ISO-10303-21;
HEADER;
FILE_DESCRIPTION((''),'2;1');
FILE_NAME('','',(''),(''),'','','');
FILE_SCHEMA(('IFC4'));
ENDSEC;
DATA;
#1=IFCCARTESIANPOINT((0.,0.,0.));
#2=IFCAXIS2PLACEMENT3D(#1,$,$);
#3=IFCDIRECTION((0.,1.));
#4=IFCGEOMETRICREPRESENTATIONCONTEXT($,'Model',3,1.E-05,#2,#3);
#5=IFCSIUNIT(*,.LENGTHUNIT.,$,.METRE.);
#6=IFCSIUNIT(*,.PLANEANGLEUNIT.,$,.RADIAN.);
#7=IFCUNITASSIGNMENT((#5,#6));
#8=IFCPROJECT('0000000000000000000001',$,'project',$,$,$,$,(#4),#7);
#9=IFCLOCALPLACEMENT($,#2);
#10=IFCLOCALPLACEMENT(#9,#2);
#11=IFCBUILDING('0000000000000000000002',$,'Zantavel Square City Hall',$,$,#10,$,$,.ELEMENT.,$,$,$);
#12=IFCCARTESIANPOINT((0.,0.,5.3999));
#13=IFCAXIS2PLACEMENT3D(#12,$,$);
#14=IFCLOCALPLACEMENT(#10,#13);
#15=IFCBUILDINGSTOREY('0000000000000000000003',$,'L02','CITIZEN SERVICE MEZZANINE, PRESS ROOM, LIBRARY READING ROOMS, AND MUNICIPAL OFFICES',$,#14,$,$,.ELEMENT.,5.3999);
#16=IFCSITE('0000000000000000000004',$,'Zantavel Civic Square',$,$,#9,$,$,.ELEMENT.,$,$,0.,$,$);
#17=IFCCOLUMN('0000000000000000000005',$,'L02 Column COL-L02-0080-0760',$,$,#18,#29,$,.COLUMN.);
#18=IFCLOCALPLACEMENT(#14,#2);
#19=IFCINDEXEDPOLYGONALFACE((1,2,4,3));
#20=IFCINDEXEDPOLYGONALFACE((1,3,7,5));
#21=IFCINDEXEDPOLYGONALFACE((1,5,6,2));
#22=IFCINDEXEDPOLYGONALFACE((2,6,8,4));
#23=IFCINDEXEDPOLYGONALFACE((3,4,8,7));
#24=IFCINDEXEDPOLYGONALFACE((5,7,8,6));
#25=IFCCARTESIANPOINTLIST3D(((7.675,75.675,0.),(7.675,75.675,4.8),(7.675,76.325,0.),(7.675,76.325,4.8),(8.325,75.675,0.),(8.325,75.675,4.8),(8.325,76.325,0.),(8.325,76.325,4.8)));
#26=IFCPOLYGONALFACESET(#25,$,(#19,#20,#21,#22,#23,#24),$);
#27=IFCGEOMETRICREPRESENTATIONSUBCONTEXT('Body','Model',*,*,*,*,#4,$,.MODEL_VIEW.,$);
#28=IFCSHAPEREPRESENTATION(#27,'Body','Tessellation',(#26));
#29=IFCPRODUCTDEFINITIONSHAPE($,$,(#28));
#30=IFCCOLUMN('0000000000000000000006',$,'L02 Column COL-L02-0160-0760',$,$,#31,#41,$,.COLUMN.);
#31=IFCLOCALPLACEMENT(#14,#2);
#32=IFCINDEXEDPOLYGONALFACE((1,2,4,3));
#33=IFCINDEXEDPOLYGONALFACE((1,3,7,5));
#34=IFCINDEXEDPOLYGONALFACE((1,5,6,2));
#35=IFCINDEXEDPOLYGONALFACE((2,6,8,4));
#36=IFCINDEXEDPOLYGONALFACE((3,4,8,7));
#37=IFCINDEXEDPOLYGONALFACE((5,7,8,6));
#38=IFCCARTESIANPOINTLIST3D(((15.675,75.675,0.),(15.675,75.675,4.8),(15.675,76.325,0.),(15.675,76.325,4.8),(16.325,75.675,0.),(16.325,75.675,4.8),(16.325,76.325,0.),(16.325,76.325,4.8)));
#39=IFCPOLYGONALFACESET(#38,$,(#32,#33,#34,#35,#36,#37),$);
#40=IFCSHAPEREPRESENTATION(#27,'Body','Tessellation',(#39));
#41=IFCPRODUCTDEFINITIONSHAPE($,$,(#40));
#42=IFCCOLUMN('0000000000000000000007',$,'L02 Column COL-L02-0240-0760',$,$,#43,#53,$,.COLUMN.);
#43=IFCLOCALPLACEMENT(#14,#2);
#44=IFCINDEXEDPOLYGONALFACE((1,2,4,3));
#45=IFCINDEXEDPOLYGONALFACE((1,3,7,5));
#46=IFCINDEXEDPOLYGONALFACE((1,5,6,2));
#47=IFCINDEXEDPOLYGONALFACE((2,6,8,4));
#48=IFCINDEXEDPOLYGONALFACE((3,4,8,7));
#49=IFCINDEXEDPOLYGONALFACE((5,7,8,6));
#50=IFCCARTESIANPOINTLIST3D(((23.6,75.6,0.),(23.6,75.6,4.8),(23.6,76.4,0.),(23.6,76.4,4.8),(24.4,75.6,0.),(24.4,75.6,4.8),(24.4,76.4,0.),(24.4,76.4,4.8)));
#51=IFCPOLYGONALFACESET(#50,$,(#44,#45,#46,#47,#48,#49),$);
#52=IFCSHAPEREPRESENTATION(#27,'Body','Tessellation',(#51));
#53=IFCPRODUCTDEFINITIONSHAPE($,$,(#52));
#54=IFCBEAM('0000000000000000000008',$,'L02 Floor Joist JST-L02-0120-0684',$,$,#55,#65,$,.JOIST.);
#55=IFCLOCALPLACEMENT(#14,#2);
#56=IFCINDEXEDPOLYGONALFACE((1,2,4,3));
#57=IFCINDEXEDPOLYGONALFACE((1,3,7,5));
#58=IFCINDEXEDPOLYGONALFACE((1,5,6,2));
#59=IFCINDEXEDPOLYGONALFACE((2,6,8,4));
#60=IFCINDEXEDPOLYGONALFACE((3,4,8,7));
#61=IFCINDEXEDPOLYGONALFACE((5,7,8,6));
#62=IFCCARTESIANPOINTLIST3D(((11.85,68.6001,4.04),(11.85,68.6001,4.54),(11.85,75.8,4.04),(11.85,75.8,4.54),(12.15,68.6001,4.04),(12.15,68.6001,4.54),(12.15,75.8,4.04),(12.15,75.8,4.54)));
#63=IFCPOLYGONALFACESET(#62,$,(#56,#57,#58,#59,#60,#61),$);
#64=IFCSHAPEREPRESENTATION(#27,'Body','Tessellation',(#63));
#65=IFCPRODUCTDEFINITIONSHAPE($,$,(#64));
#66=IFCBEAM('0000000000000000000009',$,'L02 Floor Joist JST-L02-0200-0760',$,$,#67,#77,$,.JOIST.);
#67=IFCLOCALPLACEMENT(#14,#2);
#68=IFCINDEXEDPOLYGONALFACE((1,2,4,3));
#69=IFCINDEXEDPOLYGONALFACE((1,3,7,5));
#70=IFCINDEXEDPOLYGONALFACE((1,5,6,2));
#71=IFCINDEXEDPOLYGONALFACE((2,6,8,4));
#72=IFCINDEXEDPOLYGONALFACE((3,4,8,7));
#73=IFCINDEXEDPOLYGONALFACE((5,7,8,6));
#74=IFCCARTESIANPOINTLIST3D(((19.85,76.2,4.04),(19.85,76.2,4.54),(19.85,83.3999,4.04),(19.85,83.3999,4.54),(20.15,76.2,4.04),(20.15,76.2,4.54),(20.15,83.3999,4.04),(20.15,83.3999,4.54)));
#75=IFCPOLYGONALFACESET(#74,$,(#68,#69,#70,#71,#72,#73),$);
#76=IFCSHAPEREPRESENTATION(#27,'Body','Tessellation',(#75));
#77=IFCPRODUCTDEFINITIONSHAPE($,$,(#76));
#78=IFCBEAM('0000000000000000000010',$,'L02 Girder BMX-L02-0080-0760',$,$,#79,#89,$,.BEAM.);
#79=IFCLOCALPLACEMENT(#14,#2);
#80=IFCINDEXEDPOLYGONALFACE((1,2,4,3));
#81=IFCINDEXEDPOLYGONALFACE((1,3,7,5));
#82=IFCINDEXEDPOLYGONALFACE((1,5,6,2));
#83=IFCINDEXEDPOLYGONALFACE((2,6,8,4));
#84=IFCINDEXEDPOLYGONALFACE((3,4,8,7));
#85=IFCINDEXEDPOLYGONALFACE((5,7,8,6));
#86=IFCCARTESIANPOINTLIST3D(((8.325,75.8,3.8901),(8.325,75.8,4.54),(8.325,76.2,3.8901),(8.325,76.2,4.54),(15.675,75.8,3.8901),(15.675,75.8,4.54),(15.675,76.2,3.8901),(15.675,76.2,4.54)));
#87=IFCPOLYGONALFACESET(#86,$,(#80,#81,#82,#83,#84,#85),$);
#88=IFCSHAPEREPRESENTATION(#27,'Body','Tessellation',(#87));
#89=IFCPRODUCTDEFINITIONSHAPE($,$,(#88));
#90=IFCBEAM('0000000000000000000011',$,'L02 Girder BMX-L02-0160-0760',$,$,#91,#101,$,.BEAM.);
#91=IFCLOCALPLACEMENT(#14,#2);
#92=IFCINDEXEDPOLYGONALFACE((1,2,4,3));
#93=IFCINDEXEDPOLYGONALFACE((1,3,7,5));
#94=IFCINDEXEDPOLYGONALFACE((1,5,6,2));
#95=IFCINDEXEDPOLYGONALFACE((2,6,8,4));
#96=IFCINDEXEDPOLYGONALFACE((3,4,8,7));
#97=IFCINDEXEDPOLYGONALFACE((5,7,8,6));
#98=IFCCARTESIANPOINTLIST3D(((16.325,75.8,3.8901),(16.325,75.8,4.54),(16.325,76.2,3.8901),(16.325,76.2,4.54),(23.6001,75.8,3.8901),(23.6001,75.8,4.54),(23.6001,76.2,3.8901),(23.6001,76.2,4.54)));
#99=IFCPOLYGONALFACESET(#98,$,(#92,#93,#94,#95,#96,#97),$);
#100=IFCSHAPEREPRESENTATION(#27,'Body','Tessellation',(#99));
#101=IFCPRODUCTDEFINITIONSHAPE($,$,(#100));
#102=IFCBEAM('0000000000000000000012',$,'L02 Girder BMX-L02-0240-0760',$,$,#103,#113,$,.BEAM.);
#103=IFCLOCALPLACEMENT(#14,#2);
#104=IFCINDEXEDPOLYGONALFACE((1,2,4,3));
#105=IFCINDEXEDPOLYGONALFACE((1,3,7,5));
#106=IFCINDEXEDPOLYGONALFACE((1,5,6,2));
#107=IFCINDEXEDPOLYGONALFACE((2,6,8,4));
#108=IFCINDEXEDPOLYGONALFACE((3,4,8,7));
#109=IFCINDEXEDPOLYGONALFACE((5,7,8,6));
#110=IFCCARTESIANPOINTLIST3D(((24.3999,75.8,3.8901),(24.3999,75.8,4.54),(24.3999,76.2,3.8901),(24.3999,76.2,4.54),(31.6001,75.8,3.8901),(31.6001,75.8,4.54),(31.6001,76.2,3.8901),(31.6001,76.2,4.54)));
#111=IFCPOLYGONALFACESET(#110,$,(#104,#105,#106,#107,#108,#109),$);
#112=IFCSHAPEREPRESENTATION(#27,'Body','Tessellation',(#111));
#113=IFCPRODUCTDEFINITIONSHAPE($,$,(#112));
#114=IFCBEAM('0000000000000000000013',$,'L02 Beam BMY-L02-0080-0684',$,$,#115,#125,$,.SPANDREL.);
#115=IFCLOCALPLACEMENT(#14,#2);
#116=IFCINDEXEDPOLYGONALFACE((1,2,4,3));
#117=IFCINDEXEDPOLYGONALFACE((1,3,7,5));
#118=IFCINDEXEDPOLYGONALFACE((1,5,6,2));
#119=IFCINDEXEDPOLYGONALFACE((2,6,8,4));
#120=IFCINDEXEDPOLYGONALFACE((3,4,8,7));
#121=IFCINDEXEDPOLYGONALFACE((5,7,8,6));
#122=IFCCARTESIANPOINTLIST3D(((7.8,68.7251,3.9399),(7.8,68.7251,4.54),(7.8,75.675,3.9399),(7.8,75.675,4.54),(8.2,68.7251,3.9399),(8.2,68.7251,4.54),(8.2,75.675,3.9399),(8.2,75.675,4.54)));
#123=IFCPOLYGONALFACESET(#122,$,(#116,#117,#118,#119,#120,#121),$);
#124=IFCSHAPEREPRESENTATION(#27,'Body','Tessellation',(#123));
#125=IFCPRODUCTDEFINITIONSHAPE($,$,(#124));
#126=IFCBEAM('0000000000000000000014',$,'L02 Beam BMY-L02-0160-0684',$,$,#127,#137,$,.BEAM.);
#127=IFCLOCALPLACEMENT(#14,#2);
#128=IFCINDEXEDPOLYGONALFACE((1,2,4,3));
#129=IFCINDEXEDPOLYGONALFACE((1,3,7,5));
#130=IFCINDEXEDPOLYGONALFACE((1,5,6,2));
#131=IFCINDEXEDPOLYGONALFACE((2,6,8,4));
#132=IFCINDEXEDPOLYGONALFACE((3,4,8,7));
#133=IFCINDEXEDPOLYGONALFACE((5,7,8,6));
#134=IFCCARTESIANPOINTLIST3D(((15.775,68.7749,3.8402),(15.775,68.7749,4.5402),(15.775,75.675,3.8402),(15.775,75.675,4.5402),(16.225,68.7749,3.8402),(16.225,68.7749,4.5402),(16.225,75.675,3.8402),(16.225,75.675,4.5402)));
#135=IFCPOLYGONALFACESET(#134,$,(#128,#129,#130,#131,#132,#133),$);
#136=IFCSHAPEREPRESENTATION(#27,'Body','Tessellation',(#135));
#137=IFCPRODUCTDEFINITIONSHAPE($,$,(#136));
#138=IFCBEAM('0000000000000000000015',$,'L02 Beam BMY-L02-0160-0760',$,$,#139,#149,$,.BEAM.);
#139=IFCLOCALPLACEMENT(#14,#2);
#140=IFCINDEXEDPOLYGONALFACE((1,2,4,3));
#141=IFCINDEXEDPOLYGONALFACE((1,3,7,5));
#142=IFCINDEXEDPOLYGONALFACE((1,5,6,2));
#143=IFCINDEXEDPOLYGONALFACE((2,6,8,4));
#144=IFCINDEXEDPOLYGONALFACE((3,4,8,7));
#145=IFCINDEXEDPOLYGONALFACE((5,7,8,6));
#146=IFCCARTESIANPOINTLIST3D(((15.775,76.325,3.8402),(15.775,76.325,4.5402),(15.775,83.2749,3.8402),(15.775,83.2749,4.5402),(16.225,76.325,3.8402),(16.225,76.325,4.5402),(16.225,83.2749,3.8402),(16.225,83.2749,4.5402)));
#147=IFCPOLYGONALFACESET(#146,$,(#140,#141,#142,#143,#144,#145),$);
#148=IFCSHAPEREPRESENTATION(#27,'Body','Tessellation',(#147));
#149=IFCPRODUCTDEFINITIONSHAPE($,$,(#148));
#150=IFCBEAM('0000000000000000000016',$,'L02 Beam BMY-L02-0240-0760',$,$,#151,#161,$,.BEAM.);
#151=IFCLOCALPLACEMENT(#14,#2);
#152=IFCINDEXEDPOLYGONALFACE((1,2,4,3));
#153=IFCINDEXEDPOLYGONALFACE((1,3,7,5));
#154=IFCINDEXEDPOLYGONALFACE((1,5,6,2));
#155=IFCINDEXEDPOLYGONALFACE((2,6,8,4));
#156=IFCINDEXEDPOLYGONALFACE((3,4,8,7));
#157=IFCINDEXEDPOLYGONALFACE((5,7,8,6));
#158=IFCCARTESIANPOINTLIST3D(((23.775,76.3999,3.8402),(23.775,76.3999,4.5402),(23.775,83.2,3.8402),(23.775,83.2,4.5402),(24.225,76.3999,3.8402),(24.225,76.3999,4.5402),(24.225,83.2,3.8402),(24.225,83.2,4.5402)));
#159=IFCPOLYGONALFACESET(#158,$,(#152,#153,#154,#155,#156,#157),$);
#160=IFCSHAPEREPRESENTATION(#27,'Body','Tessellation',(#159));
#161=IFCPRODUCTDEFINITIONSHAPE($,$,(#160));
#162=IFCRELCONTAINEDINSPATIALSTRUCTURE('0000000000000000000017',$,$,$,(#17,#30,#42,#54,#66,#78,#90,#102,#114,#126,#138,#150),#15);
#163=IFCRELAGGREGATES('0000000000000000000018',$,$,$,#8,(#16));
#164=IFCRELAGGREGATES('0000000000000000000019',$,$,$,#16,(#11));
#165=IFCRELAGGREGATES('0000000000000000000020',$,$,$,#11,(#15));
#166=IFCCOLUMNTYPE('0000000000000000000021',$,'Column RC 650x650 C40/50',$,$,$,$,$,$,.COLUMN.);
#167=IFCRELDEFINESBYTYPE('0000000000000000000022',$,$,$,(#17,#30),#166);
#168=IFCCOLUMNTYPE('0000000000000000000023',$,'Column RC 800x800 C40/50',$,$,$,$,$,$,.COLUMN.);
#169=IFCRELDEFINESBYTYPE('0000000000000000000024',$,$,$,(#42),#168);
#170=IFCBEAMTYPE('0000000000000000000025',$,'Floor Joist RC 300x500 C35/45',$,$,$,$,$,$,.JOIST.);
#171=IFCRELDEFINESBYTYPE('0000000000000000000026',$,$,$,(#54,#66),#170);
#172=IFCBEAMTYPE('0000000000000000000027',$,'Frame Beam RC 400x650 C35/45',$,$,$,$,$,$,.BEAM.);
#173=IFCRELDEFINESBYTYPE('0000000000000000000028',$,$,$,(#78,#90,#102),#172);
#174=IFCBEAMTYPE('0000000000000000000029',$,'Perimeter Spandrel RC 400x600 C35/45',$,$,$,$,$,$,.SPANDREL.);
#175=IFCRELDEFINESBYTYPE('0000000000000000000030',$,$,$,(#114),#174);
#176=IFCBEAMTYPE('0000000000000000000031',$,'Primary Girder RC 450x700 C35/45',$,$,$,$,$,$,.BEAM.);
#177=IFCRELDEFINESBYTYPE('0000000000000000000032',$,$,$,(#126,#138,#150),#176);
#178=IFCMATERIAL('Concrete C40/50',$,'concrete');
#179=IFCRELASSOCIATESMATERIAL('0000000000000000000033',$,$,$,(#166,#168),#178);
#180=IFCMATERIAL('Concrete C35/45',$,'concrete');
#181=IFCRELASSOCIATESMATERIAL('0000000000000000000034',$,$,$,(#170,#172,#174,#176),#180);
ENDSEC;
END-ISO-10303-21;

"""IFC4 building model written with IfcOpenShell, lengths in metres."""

from ifc_helpers import new_model, si_unit, direction, frame, origin, origin_2d, place, context, subcontext, project, spatial, rectangle, extrude, material, material_profile, profile_set, type_object, element, save


model = new_model("IFC4")

# Units and contexts
model_context = context("Model", 3, precision=1e-05, world=origin(), true_north=direction((0.0, 1.0)))
body_context = subcontext(model_context, "Body", "Model", "MODEL_VIEW")
ifc_project = project(units=[si_unit("LENGTHUNIT", "METRE"), si_unit("PLANEANGLEUNIT", "RADIAN")], contexts=[model_context])

# Site, building, storey
site_placement = place(None, origin())
site = spatial("IfcSite", under=ifc_project, at=site_placement, Name="Zantavel Civic Square", CompositionType="ELEMENT", RefElevation=0.0)
building_placement = place(site_placement, origin())
building = spatial("IfcBuilding", under=site, at=building_placement, Name="Zantavel Square City Hall", CompositionType="ELEMENT")
storey_placement = place(building_placement, frame((0.0, 0.0, 5.3999)))
storey = spatial("IfcBuildingStorey", under=building, at=storey_placement, Name="L02", Description="CITIZEN SERVICE MEZZANINE, PRESS ROOM, LIBRARY READING ROOMS, AND MUNICIPAL OFFICES", CompositionType="ELEMENT", Elevation=5.3999)

# Columns
ifc_material_1 = material(Name="Concrete C40/50", Category="concrete")
ifc_material_profile_1 = material_profile(ifc_material_1, rectangle(XDim=0.6499, YDim=0.6499, at=origin_2d()), Name="RC 650x650")
ifc_profile_set_1 = profile_set([ifc_material_profile_1], Name="Concrete C40/50")
column_type_1 = type_object("IfcColumnType", Name="Column RC 650x650 C40/50", PredefinedType="COLUMN", material=ifc_profile_set_1)
for number, where, z_axis, x_axis, name in (
    (1, (8.0, 76.0, 0.0), (0.0, 0.0, 1.0), (1.0, 0.0, 0.0), "L02 Column COL-L02-0080-0760"),
    (2, (16.0, 76.0, 0.0), (0.0, 0.0, 1.0), (1.0, 0.0, 0.0), "L02 Column COL-L02-0160-0760"),
):
    element("IfcColumn", number, at=place(storey_placement, frame(where, z_axis=z_axis, x_axis=x_axis)), inside=storey, type_object=column_type_1, Name=name, PredefinedType="COLUMN", context=body_context, shape_type="SweptSolid", body=[
        extrude(rectangle(XDim=0.6499, YDim=0.6499, at=origin_2d()), origin(), (0.0, 0.0, 1.0), 4.8),
    ])
ifc_material_profile_2 = material_profile(ifc_material_1, rectangle(XDim=0.8, YDim=0.8, at=origin_2d()), Name="RC 800x800")
ifc_profile_set_2 = profile_set([ifc_material_profile_2], Name="Concrete C40/50")
column_type_2 = type_object("IfcColumnType", Name="Column RC 800x800 C40/50", PredefinedType="COLUMN", material=ifc_profile_set_2)
column_placement = place(storey_placement, frame((24.0, 76.0, 0.0), z_axis=(0.0, 0.0, 1.0), x_axis=(1.0, 0.0, 0.0)))
element("IfcColumn", 3, at=column_placement, inside=storey, type_object=column_type_2, Name="L02 Column COL-L02-0240-0760", PredefinedType="COLUMN", context=body_context, shape_type="SweptSolid", body=[
    extrude(rectangle(XDim=0.8, YDim=0.8, at=origin_2d()), origin(), (0.0, 0.0, 1.0), 4.8),
])

# Beams
ifc_material_2 = material(Name="Concrete C35/45", Category="concrete")
ifc_material_profile_3 = material_profile(ifc_material_2, rectangle(XDim=0.3, YDim=0.5, at=origin_2d()), Name="RC 300x500")
ifc_profile_set_3 = profile_set([ifc_material_profile_3], Name="Concrete C35/45")
beam_type_1 = type_object("IfcBeamType", Name="Floor Joist RC 300x500 C35/45", PredefinedType="JOIST", material=ifc_profile_set_3)
for number, where, z_axis, x_axis, name in (
    (4, (12.0, 68.6001, 4.29), (0.0, 1.0, 0.0), (-1.0, 0.0, 0.0), "L02 Floor Joist JST-L02-0120-0684"),
    (5, (20.0, 76.2, 4.29), (0.0, 1.0, 0.0), (-1.0, 0.0, 0.0), "L02 Floor Joist JST-L02-0200-0760"),
):
    element("IfcBeam", number, at=place(storey_placement, frame(where, z_axis=z_axis, x_axis=x_axis)), inside=storey, type_object=beam_type_1, Name=name, PredefinedType="JOIST", context=body_context, shape_type="SweptSolid", body=[
        extrude(rectangle(XDim=0.3, YDim=0.5, at=origin_2d()), origin(), (0.0, 0.0, 1.0), 7.2),
    ])
ifc_material_profile_4 = material_profile(ifc_material_2, rectangle(XDim=0.3999, YDim=0.6499, at=origin_2d()), Name="RC 400x650")
ifc_profile_set_4 = profile_set([ifc_material_profile_4], Name="Concrete C35/45")
beam_type_2 = type_object("IfcBeamType", Name="Frame Beam RC 400x650 C35/45", PredefinedType="BEAM", material=ifc_profile_set_4)
beam_1_placement = place(storey_placement, frame((8.325, 76.0, 4.2151), z_axis=(1.0, 0.0, 0.0), x_axis=(0.0, 1.0, 0.0)))
element("IfcBeam", 6, at=beam_1_placement, inside=storey, type_object=beam_type_2, Name="L02 Girder BMX-L02-0080-0760", PredefinedType="BEAM", context=body_context, shape_type="SweptSolid", body=[
    extrude(rectangle(XDim=0.3999, YDim=0.6499, at=origin_2d()), origin(), (0.0, 0.0, 1.0), 7.3501),
])
beam_2_placement = place(storey_placement, frame((16.325, 76.0, 4.2151), z_axis=(1.0, 0.0, 0.0), x_axis=(0.0, 1.0, 0.0)))
element("IfcBeam", 7, at=beam_2_placement, inside=storey, type_object=beam_type_2, Name="L02 Girder BMX-L02-0160-0760", PredefinedType="BEAM", context=body_context, shape_type="SweptSolid", body=[
    extrude(rectangle(XDim=0.3999, YDim=0.6499, at=origin_2d()), origin(), (0.0, 0.0, 1.0), 7.2751),
])
beam_3_placement = place(storey_placement, frame((24.3999, 76.0, 4.2151), z_axis=(1.0, 0.0, 0.0), x_axis=(0.0, 1.0, 0.0)))
element("IfcBeam", 8, at=beam_3_placement, inside=storey, type_object=beam_type_2, Name="L02 Girder BMX-L02-0240-0760", PredefinedType="BEAM", context=body_context, shape_type="SweptSolid", body=[
    extrude(rectangle(XDim=0.3999, YDim=0.6499, at=origin_2d()), origin(), (0.0, 0.0, 1.0), 7.2002),
])
ifc_material_profile_5 = material_profile(ifc_material_2, rectangle(XDim=0.3999, YDim=0.6001, at=origin_2d()), Name="RC 400x600")
ifc_profile_set_5 = profile_set([ifc_material_profile_5], Name="Concrete C35/45")
beam_type_3 = type_object("IfcBeamType", Name="Perimeter Spandrel RC 400x600 C35/45", PredefinedType="SPANDREL", material=ifc_profile_set_5)
beam_4_placement = place(storey_placement, frame((8.0, 68.7251, 4.24), z_axis=(0.0, 1.0, 0.0), x_axis=(-1.0, 0.0, 0.0)))
element("IfcBeam", 9, at=beam_4_placement, inside=storey, type_object=beam_type_3, Name="L02 Beam BMY-L02-0080-0684", PredefinedType="SPANDREL", context=body_context, shape_type="SweptSolid", body=[
    extrude(rectangle(XDim=0.3999, YDim=0.6001, at=origin_2d()), origin(), (0.0, 0.0, 1.0), 6.95),
])
ifc_material_profile_6 = material_profile(ifc_material_2, rectangle(XDim=0.45, YDim=0.7, at=origin_2d()), Name="RC 450x700")
ifc_profile_set_6 = profile_set([ifc_material_profile_6], Name="Concrete C35/45")
beam_type_4 = type_object("IfcBeamType", Name="Primary Girder RC 450x700 C35/45", PredefinedType="BEAM", material=ifc_profile_set_6)
beam_5_placement = place(storey_placement, frame((16.0, 68.7749, 4.1902), z_axis=(0.0, 1.0, 0.0), x_axis=(-1.0, 0.0, 0.0)))
element("IfcBeam", 10, at=beam_5_placement, inside=storey, type_object=beam_type_4, Name="L02 Beam BMY-L02-0160-0684", PredefinedType="BEAM", context=body_context, shape_type="SweptSolid", body=[
    extrude(rectangle(XDim=0.45, YDim=0.7, at=origin_2d()), origin(), (0.0, 0.0, 1.0), 6.9001),
])
beam_6_placement = place(storey_placement, frame((16.0, 76.325, 4.1902), z_axis=(0.0, 1.0, 0.0), x_axis=(-1.0, 0.0, 0.0)))
element("IfcBeam", 11, at=beam_6_placement, inside=storey, type_object=beam_type_4, Name="L02 Beam BMY-L02-0160-0760", PredefinedType="BEAM", context=body_context, shape_type="SweptSolid", body=[
    extrude(rectangle(XDim=0.45, YDim=0.7, at=origin_2d()), origin(), (0.0, 0.0, 1.0), 6.95),
])
beam_7_placement = place(storey_placement, frame((24.0, 76.3999, 4.1902), z_axis=(0.0, 1.0, 0.0), x_axis=(-1.0, 0.0, 0.0)))
element("IfcBeam", 12, at=beam_7_placement, inside=storey, type_object=beam_type_4, Name="L02 Beam BMY-L02-0240-0760", PredefinedType="BEAM", context=body_context, shape_type="SweptSolid", body=[
    extrude(rectangle(XDim=0.45, YDim=0.7, at=origin_2d()), origin(), (0.0, 0.0, 1.0), 6.8),
])

save(model, "model.ifc")
